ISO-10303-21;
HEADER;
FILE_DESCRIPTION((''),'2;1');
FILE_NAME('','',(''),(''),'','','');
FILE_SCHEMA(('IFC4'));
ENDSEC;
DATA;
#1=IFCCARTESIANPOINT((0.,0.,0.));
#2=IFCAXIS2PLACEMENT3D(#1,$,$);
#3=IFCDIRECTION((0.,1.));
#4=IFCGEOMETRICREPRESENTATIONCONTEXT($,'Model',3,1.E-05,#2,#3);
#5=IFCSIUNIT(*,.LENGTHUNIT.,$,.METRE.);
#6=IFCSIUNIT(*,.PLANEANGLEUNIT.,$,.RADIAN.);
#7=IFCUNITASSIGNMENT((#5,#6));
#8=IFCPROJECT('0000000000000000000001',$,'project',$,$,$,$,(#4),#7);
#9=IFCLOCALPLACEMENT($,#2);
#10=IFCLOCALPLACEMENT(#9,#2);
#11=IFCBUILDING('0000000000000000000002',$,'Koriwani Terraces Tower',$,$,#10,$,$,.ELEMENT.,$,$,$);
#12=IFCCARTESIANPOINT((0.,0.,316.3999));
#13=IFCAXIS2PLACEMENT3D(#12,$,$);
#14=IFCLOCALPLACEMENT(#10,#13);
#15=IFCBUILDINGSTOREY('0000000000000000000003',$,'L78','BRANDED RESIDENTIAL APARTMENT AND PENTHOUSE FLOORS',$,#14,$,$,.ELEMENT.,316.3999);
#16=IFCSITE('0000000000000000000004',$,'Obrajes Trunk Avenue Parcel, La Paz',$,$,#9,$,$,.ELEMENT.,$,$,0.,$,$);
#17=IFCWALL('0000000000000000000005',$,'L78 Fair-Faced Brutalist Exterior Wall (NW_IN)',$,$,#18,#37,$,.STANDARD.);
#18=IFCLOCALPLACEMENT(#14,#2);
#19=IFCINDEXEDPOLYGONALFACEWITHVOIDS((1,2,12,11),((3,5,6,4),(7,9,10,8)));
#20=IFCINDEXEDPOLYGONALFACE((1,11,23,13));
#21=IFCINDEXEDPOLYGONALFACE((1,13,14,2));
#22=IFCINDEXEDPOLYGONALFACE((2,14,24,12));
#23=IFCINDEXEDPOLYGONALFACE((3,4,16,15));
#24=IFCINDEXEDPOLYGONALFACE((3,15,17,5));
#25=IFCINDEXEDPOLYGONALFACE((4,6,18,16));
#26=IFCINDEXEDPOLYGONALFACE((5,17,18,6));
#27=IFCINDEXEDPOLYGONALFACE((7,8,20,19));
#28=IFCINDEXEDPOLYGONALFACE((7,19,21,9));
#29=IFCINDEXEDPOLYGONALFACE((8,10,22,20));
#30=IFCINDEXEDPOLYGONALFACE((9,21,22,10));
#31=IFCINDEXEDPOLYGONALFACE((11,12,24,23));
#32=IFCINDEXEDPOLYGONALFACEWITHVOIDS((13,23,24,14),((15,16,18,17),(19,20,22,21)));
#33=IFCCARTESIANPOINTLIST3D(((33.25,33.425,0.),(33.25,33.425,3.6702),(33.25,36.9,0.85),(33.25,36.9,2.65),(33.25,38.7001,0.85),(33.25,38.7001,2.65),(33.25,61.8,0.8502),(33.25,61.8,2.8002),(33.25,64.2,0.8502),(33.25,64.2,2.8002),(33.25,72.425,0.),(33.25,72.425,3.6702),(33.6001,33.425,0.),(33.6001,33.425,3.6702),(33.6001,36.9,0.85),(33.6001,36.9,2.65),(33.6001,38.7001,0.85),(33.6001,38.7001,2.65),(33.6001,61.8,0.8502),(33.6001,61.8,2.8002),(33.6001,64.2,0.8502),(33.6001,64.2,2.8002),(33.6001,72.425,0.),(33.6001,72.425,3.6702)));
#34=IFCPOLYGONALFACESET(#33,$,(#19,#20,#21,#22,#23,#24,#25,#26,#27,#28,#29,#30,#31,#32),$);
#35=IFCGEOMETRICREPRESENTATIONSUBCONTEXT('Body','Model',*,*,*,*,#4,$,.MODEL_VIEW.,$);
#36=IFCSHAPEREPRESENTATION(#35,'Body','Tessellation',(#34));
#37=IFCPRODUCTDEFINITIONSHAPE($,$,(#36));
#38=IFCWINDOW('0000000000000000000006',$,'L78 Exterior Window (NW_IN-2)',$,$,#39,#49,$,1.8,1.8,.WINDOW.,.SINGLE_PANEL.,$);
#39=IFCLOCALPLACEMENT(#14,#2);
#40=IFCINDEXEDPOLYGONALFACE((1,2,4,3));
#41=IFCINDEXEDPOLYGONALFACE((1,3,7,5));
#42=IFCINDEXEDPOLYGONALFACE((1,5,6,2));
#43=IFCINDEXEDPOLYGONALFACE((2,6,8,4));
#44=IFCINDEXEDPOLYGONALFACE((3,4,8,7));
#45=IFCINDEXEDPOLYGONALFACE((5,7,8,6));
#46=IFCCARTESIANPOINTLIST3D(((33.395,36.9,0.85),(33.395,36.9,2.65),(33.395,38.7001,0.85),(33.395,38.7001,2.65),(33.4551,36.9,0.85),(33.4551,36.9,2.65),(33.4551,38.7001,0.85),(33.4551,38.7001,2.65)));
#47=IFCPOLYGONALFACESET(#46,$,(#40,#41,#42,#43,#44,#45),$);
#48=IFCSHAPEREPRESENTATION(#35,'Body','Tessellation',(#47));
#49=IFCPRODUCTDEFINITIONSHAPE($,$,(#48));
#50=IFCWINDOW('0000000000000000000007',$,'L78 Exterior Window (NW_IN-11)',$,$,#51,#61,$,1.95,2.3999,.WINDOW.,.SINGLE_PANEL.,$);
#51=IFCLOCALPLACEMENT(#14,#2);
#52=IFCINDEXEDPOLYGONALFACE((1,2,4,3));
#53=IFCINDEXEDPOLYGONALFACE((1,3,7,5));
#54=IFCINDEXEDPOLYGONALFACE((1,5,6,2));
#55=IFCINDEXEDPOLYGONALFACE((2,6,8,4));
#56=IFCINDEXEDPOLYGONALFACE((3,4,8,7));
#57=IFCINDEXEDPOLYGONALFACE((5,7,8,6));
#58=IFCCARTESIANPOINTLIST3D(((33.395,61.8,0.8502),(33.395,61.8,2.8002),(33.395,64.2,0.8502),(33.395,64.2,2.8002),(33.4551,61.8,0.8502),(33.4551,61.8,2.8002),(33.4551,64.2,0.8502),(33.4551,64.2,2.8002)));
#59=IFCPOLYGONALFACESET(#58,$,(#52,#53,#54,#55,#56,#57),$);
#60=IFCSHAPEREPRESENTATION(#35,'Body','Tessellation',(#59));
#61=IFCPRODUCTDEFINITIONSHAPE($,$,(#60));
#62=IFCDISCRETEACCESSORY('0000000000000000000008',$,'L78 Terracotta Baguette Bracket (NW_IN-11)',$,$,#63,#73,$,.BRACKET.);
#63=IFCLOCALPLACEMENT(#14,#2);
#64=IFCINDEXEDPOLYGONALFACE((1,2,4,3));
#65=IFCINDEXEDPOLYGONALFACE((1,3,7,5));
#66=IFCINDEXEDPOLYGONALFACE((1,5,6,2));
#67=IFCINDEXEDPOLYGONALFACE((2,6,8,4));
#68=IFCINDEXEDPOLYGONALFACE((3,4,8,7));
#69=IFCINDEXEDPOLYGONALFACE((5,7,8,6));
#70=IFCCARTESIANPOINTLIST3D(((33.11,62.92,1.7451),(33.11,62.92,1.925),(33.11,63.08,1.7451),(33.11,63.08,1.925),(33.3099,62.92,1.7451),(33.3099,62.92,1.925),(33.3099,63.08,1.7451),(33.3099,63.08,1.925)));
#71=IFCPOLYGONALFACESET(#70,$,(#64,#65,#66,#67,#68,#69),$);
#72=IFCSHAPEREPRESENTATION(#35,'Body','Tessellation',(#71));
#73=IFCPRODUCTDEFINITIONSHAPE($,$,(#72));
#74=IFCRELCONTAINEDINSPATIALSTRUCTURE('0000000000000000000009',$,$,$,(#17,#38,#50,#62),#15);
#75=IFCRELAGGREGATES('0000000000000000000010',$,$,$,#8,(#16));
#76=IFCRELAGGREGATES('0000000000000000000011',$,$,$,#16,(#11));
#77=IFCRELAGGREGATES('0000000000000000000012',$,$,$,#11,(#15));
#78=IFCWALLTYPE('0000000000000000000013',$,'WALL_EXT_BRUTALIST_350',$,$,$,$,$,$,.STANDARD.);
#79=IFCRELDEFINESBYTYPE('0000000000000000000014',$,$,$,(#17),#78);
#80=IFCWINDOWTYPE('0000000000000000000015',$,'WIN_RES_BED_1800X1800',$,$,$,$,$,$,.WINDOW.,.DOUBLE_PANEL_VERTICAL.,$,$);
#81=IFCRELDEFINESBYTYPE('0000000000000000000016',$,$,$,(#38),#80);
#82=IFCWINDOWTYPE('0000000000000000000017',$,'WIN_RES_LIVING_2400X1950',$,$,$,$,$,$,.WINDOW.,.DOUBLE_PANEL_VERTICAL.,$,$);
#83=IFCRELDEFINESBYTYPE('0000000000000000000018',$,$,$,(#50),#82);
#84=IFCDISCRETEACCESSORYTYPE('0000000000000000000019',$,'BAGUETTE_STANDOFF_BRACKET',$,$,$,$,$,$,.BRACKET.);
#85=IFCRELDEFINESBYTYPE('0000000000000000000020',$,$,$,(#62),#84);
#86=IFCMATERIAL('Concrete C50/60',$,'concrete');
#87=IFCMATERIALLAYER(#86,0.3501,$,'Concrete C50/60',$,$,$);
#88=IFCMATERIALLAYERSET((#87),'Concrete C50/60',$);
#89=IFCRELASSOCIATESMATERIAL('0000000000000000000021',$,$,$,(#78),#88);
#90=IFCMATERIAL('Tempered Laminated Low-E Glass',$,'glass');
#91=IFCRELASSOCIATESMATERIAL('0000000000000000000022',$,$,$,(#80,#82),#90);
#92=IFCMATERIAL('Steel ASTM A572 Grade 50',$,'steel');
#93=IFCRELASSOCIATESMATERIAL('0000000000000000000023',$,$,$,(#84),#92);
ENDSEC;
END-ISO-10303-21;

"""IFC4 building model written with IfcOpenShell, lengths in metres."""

from ifc_helpers import new_model, si_unit, direction, frame, frame_2d, origin, origin_2d, place, context, subcontext, project, spatial, rectangle, extrude, material, layer, layer_set, type_object, element, fill, save


model = new_model("IFC4")

# Units and contexts
model_context = context("Model", 3, precision=1e-05, world=origin(), true_north=direction((0.0, 1.0)))
body_context = subcontext(model_context, "Body", "Model", "MODEL_VIEW")
ifc_project = project(units=[si_unit("LENGTHUNIT", "METRE"), si_unit("PLANEANGLEUNIT", "RADIAN")], contexts=[model_context])

# Site, building, storey
site_placement = place(None, origin())
site = spatial("IfcSite", under=ifc_project, at=site_placement, Name="Obrajes Trunk Avenue Parcel, La Paz", CompositionType="ELEMENT", RefElevation=0.0)
building_placement = place(site_placement, origin())
building = spatial("IfcBuilding", under=site, at=building_placement, Name="Koriwani Terraces Tower", CompositionType="ELEMENT")
storey_placement = place(building_placement, frame((0.0, 0.0, 316.3999)))
storey = spatial("IfcBuildingStorey", under=building, at=storey_placement, Name="L78", Description="BRANDED RESIDENTIAL APARTMENT AND PENTHOUSE FLOORS", CompositionType="ELEMENT", Elevation=316.3999)

# Shared definitions
ifc_material_1 = material(Name="Concrete C50/60", Category="concrete")

# Shared definitions
ifc_material_2 = material(Name="Steel ASTM A572 Grade 50", Category="steel")

# Shared definitions
ifc_material_3 = material(Name="Tempered Laminated Low-E Glass", Category="glass")

# Shared definitions
ifc_layer_1 = layer(ifc_material_1, 0.3501, Name="Concrete C50/60")
ifc_layer_set_1 = layer_set([ifc_layer_1], Name="Concrete C50/60")
wall_type = type_object("IfcWallType", Name="WALL_EXT_BRUTALIST_350", PredefinedType="STANDARD", material=ifc_layer_set_1)

# Shared definitions
window_type_1 = type_object("IfcWindowType", Name="WIN_RES_BED_1800X1800", PartitioningType="DOUBLE_PANEL_VERTICAL", PredefinedType="WINDOW", material=ifc_material_3)

# Wall, openings, windows
wall_1_placement = place(storey_placement, frame((33.425, 72.425, 0.0), z_axis=(0.0, 0.0, 1.0), x_axis=(0.0, -1.0, 0.0)))
wall_1 = element("IfcWall", 1, at=wall_1_placement, inside=storey, type_object=wall_type, Name="L78 Fair-Faced Brutalist Exterior Wall (NW_IN)", PredefinedType="STANDARD", context=body_context, shape_type="SweptSolid", body=[
    extrude(rectangle(XDim=39.0, YDim=0.3501, at=frame_2d((19.5, 0.0))), origin(), (0.0, 0.0, 1.0), 3.6702),
])
opening_1_placement = place(wall_1_placement, frame((33.7251, 0.0, 0.8501)))
opening_1 = element("IfcOpeningElement", 2, at=opening_1_placement, cuts=wall_1, PredefinedType="OPENING", context=body_context, shape_type="SweptSolid", body=[
    extrude(rectangle(XDim=1.8, YDim=1.8, at=frame_2d((0.8999, 0.8999))), frame((0.0, 0.1851, 0.0), z_axis=(0.0, -1.0, 0.0), x_axis=(1.0, 0.0, 0.0)), (0.0, 0.0, 1.0), 0.3701),
])
opening_2_placement = place(wall_1_placement, frame((8.2251, 0.0, 0.8501)))
opening_2 = element("IfcOpeningElement", 3, at=opening_2_placement, cuts=wall_1, PredefinedType="OPENING", context=body_context, shape_type="SweptSolid", body=[
    extrude(rectangle(XDim=2.3999, YDim=1.95, at=frame_2d((1.2, 0.9751))), frame((0.0, 0.1851, 0.0), z_axis=(0.0, -1.0, 0.0), x_axis=(1.0, 0.0, 0.0)), (0.0, 0.0, 1.0), 0.3701),
])
window_1_placement = place(opening_1_placement, origin())
window_1 = element("IfcWindow", 4, at=window_1_placement, inside=storey, type_object=window_type_1, Name="L78 Exterior Window (NW_IN-2)", OverallHeight=1.8, OverallWidth=1.8, PartitioningType="SINGLE_PANEL", PredefinedType="WINDOW", context=body_context, shape_type="SweptSolid", body=[
    extrude(rectangle(XDim=1.8, YDim=1.8, at=frame_2d((0.8999, 0.8999))), frame((0.0, 0.03, 0.0), z_axis=(0.0, -1.0, 0.0), x_axis=(1.0, 0.0, 0.0)), (0.0, 0.0, 1.0), 0.0601),
])
fill(opening_1, window_1)
window_type_2 = type_object("IfcWindowType", Name="WIN_RES_LIVING_2400X1950", PartitioningType="DOUBLE_PANEL_VERTICAL", PredefinedType="WINDOW", material=ifc_material_3)
window_2_placement = place(opening_2_placement, origin())
window_2 = element("IfcWindow", 5, at=window_2_placement, inside=storey, type_object=window_type_2, Name="L78 Exterior Window (NW_IN-11)", OverallHeight=1.95, OverallWidth=2.3999, PartitioningType="SINGLE_PANEL", PredefinedType="WINDOW", context=body_context, shape_type="SweptSolid", body=[
    extrude(rectangle(XDim=2.3999, YDim=1.95, at=frame_2d((1.2, 0.9751))), frame((0.0, 0.03, 0.0), z_axis=(0.0, -1.0, 0.0), x_axis=(1.0, 0.0, 0.0)), (0.0, 0.0, 1.0), 0.0601),
])
fill(opening_2, window_2)

# Discrete accessory
discrete_accessory_type = type_object("IfcDiscreteAccessoryType", Name="BAGUETTE_STANDOFF_BRACKET", PredefinedType="BRACKET", material=ifc_material_2)
discrete_accessory_placement = place(storey_placement, frame((33.21, 63.0, 1.7451), z_axis=(0.0, 0.0, 1.0), x_axis=(0.0, -1.0, 0.0)))
element("IfcDiscreteAccessory", 6, at=discrete_accessory_placement, inside=storey, type_object=discrete_accessory_type, Name="L78 Terracotta Baguette Bracket (NW_IN-11)", PredefinedType="BRACKET", context=body_context, shape_type="SweptSolid", body=[
    extrude(rectangle(XDim=0.1599, YDim=0.2, at=origin_2d()), origin(), (0.0, 0.0, 1.0), 0.1799),
])

save(model, "model.ifc")
